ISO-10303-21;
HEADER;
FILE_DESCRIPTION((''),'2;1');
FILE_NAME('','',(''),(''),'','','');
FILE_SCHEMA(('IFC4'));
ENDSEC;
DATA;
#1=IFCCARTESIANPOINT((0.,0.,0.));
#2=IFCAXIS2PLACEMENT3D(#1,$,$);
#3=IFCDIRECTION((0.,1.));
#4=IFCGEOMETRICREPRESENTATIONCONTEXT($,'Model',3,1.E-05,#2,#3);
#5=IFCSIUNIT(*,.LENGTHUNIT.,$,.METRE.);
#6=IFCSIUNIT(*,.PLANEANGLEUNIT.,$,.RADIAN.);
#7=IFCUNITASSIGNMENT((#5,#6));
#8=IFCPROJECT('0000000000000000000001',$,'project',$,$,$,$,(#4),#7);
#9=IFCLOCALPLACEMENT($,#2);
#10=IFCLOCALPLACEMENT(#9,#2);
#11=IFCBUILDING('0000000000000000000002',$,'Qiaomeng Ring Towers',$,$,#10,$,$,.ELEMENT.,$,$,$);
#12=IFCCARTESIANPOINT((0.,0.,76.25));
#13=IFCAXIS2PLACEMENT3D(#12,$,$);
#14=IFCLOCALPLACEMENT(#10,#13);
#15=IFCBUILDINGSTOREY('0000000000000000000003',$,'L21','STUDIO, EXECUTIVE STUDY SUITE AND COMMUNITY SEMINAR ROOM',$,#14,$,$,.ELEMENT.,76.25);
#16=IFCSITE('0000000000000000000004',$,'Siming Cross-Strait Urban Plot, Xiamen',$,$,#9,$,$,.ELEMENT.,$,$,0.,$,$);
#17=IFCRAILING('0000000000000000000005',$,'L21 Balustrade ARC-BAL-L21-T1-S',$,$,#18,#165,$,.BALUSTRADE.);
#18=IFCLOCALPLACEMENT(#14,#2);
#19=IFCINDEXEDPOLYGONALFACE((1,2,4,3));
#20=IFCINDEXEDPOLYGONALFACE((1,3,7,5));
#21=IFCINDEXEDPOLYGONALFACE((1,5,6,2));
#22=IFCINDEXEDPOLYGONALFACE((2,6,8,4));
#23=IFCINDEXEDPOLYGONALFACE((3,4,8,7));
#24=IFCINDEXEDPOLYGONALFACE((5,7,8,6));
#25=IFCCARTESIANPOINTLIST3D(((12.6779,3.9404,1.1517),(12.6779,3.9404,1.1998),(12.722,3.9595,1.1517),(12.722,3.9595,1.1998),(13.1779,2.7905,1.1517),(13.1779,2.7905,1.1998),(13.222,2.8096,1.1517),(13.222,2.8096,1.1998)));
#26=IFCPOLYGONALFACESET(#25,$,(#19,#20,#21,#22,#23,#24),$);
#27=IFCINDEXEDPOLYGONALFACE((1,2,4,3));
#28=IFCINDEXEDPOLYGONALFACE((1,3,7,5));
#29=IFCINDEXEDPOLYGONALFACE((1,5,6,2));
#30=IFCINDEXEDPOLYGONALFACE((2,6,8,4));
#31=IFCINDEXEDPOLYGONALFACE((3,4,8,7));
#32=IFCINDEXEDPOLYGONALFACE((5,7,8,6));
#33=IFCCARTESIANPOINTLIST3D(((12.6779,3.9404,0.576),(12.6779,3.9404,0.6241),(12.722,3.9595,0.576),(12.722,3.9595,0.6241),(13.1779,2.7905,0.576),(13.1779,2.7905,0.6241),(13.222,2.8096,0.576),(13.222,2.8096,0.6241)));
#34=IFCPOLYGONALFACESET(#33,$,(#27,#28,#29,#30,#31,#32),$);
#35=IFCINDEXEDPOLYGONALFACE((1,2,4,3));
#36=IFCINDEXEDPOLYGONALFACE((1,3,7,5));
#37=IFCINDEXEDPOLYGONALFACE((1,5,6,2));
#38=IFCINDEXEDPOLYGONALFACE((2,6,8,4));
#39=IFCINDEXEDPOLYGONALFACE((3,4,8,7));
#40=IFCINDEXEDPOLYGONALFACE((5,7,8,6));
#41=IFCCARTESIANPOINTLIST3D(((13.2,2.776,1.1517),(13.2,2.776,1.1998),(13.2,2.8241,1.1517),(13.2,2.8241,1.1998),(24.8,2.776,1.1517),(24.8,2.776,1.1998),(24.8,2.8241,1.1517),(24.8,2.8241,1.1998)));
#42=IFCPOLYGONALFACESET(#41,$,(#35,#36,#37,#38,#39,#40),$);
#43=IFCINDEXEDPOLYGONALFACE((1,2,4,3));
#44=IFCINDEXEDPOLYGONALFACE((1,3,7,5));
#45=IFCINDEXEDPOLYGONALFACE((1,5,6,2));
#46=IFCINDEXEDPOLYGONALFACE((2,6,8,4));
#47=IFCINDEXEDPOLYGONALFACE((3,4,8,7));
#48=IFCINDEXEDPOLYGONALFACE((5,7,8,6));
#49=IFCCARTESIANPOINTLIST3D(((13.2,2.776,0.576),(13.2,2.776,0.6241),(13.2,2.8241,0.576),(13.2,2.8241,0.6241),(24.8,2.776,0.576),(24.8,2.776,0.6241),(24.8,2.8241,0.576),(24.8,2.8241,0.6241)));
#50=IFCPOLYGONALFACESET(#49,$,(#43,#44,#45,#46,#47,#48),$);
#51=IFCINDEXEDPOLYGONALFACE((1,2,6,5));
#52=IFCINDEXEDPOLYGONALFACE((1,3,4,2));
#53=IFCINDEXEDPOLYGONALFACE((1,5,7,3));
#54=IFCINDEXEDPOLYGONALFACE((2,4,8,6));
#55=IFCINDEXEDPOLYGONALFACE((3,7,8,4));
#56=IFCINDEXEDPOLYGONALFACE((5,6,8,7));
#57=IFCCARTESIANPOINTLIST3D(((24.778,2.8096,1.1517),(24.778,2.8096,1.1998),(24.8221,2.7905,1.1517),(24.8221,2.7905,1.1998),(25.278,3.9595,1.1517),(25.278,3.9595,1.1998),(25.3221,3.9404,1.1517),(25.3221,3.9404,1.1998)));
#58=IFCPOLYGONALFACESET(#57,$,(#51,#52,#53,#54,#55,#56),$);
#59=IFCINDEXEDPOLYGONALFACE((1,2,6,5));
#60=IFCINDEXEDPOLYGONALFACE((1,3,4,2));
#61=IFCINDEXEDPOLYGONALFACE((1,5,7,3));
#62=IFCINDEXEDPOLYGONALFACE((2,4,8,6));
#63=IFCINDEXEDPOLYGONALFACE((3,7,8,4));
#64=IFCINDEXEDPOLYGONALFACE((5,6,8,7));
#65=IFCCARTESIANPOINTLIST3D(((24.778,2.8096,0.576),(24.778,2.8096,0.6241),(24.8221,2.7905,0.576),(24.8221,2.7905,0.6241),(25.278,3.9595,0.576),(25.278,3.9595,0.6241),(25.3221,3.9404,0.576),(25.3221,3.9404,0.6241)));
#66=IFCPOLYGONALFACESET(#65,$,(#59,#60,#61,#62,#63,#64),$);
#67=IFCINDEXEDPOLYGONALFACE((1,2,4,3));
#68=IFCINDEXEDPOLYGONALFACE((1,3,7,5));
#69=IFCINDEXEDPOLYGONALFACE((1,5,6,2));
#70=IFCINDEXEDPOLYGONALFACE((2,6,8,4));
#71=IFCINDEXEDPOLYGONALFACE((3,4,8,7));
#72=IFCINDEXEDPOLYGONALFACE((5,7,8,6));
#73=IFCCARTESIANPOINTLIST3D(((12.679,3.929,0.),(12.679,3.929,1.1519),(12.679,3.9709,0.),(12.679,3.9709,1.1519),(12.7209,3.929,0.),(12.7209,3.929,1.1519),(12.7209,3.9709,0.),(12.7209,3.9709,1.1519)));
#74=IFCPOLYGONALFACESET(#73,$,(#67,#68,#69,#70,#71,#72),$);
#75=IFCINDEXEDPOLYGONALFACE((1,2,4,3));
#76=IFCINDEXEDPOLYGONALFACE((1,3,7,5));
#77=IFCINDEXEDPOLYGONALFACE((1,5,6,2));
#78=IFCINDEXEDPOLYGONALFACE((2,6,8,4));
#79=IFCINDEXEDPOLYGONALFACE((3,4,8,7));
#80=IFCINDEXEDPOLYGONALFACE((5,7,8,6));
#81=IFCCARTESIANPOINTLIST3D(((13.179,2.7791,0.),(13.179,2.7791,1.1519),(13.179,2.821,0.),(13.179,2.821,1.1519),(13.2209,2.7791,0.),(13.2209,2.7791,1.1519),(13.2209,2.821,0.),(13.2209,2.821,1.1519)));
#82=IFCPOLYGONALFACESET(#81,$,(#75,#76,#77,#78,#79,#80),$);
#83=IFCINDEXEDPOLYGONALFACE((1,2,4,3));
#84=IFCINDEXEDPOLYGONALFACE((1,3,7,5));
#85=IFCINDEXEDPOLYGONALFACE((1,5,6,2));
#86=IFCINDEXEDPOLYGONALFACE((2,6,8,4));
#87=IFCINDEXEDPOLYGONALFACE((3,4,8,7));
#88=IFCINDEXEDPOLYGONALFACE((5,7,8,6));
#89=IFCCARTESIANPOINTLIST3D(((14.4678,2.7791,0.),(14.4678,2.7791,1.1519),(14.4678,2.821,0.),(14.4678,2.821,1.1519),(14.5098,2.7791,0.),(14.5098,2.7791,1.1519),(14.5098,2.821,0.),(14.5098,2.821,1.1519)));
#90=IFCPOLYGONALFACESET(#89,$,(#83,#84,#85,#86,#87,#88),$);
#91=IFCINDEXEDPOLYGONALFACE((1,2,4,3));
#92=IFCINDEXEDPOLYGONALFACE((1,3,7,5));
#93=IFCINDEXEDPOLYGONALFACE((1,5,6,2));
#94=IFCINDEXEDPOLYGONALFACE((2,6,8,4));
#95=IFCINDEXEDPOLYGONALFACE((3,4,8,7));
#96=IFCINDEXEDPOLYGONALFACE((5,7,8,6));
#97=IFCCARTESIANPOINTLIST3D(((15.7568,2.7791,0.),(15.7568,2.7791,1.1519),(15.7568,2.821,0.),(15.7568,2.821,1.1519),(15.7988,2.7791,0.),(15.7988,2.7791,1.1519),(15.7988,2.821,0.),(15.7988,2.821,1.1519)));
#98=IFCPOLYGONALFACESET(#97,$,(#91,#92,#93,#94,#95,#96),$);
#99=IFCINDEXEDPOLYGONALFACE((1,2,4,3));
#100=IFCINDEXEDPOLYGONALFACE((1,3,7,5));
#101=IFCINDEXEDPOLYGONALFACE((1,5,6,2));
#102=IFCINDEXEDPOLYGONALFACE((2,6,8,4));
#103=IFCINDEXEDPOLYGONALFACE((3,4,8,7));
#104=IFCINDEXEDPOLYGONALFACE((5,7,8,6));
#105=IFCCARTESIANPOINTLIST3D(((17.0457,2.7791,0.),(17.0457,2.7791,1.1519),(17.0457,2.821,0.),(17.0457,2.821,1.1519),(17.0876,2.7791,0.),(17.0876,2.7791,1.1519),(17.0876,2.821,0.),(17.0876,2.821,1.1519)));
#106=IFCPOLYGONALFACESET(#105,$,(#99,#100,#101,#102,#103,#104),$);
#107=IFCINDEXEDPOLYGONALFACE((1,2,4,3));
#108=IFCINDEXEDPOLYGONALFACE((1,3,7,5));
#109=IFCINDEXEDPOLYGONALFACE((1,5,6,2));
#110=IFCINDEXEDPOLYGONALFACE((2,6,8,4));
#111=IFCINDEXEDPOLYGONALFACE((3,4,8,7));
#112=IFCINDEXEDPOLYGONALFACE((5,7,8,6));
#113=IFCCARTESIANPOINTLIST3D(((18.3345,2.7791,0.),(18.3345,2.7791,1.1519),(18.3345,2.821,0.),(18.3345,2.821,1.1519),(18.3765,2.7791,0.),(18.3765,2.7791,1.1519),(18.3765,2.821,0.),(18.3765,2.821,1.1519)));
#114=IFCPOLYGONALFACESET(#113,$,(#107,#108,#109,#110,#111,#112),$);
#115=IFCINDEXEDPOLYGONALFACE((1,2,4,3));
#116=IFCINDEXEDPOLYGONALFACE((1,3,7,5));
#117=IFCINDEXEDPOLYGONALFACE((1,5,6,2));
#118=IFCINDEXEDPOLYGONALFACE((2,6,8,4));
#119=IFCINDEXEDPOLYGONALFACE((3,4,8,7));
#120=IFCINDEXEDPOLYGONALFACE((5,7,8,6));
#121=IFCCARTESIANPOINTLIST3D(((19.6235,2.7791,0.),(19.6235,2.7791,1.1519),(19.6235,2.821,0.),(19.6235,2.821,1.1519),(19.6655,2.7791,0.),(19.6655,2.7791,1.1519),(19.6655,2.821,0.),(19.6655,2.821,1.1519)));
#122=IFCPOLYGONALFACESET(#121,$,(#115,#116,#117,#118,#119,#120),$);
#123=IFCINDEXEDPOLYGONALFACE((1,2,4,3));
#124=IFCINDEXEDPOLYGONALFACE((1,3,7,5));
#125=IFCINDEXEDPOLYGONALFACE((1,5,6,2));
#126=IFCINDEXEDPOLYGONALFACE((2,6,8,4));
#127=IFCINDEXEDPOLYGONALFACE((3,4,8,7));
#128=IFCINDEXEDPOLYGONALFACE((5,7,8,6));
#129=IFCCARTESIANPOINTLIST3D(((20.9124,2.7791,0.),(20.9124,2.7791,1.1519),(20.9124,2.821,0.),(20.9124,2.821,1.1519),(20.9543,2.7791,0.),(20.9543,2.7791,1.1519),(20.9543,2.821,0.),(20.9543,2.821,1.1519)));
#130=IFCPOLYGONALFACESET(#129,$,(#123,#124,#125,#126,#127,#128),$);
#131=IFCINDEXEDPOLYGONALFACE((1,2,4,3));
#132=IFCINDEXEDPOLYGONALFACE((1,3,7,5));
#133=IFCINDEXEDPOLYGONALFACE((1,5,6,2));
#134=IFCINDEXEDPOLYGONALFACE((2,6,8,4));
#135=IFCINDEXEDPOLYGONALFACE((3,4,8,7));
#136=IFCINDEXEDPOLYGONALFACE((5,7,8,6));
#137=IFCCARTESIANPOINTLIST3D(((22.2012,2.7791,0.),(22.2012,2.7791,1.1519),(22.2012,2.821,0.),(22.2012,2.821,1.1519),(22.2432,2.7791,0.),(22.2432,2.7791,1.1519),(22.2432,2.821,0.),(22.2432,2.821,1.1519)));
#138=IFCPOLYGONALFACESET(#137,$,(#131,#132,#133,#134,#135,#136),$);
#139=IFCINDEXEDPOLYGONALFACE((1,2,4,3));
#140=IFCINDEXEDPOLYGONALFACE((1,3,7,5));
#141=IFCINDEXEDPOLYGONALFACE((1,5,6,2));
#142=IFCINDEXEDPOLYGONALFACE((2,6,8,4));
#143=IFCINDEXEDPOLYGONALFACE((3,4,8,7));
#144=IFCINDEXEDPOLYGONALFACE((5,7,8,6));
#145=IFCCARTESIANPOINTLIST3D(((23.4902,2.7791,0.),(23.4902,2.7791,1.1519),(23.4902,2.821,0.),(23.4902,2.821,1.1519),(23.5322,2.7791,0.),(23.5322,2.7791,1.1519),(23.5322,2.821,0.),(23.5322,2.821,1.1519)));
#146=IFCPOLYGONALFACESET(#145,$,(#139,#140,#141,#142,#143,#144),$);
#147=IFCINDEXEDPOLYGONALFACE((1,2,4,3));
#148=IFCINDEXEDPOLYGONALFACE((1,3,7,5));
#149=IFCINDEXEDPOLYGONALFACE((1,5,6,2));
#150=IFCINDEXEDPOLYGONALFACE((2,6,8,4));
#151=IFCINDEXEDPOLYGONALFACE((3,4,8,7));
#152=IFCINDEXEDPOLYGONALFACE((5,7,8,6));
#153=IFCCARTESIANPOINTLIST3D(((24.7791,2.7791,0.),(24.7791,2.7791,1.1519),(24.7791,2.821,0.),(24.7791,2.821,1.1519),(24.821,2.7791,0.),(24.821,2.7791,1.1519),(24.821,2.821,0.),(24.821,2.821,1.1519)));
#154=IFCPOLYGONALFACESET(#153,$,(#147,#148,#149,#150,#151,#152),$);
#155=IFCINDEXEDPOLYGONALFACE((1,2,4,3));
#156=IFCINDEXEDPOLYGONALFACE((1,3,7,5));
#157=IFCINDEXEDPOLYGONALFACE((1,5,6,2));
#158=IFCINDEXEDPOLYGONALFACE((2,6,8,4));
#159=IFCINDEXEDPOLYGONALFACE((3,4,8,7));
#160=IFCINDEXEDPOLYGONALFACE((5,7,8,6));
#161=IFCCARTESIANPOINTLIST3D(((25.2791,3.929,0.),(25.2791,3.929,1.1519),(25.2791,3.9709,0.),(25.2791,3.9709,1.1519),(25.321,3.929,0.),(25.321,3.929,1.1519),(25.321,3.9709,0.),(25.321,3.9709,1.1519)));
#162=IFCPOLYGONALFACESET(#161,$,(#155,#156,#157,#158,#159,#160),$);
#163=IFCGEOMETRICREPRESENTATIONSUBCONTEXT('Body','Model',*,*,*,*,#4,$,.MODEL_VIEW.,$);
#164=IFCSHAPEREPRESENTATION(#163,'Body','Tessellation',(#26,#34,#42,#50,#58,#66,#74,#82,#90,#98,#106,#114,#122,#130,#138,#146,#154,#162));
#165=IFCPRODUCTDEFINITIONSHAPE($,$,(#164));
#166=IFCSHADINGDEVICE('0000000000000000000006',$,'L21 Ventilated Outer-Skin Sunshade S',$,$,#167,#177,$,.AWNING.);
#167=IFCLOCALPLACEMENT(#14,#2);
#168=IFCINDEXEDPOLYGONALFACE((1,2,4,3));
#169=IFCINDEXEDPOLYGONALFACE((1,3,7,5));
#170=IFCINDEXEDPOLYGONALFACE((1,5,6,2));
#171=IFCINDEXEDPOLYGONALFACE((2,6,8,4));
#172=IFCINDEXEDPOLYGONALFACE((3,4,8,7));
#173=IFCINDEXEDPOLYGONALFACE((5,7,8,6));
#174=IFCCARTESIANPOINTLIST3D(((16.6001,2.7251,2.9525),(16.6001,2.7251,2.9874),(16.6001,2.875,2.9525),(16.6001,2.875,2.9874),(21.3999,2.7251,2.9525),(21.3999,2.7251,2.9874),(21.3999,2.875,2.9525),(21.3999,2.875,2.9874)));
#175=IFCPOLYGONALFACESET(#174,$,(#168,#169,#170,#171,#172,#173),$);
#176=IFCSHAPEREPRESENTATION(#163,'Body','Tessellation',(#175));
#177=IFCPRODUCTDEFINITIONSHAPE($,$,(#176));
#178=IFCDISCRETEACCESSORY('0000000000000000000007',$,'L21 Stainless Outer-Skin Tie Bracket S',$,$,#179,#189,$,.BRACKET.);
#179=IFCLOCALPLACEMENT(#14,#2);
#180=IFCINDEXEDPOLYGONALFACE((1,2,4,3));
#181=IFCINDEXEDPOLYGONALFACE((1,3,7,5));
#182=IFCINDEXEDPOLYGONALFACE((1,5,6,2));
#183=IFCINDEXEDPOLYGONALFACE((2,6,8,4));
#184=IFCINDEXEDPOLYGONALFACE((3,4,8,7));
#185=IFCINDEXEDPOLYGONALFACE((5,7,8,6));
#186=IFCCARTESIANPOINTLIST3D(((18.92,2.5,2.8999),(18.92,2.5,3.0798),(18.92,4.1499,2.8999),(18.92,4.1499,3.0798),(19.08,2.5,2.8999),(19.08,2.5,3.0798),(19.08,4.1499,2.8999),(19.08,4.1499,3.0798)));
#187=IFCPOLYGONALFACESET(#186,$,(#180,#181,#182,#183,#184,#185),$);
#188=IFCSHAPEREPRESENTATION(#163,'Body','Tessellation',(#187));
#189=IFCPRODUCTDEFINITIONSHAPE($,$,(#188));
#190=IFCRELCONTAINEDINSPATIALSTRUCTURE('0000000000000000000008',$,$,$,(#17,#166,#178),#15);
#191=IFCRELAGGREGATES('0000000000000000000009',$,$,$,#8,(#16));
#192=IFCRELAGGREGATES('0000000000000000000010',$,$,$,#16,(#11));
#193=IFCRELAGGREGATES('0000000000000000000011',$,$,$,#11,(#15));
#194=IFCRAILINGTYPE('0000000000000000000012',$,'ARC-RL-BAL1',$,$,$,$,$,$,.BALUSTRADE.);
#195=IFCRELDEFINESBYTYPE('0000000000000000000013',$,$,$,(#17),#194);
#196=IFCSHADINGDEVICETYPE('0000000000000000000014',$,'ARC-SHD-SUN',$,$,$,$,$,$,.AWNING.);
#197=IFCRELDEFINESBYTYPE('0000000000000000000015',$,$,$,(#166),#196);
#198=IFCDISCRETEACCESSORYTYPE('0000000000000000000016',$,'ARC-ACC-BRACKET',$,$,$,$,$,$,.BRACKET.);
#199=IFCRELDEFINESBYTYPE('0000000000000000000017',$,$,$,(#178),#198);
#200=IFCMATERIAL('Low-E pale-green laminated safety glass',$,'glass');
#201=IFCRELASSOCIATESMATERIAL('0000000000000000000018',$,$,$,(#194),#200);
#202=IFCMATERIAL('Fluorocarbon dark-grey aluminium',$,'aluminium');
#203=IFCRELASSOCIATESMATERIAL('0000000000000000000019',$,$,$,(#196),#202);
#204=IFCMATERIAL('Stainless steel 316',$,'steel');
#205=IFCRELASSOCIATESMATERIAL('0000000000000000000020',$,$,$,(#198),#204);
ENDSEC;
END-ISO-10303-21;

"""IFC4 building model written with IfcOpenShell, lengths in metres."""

from ifc_helpers import new_model, si_unit, direction, frame, origin, origin_2d, place, context, subcontext, project, spatial, rectangle, extrude, source, transform, mapped, material, material_profile, profile_set, type_object, element, save


model = new_model("IFC4")

# Units and contexts
model_context = context("Model", 3, precision=1e-05, world=origin(), true_north=direction((0.0, 1.0)))
body_context = subcontext(model_context, "Body", "Model", "MODEL_VIEW")
ifc_project = project(units=[si_unit("LENGTHUNIT", "METRE"), si_unit("PLANEANGLEUNIT", "RADIAN")], contexts=[model_context])

# Site, building, storey
site_placement = place(None, origin())
site = spatial("IfcSite", under=ifc_project, at=site_placement, Name="Siming Cross-Strait Urban Plot, Xiamen", CompositionType="ELEMENT", RefElevation=0.0)
building_placement = place(site_placement, origin())
building = spatial("IfcBuilding", under=site, at=building_placement, Name="Qiaomeng Ring Towers", CompositionType="ELEMENT")
storey_placement = place(building_placement, frame((0.0, 0.0, 76.25)))
storey = spatial("IfcBuildingStorey", under=building, at=storey_placement, Name="L21", Description="STUDIO, EXECUTIVE STUDY SUITE AND COMMUNITY SEMINAR ROOM", CompositionType="ELEMENT", Elevation=76.25)

# Shared definitions
ifc_material_1 = material(Name="Stainless steel 316", Category="steel")

# Railing
ifc_material_2 = material(Name="Low-E pale-green laminated safety glass", Category="glass")
railing_type = type_object("IfcRailingType", Name="ARC-RL-BAL1", PredefinedType="BALUSTRADE", material=ifc_material_2)
railing_placement = place(storey_placement, frame((12.7, 3.95, 0.0)))
element("IfcRailing", 1, at=railing_placement, inside=storey, type_object=railing_type, Name="L21 Balustrade ARC-BAL-L21-T1-S", PredefinedType="BALUSTRADE", context=body_context, shape_type="SweptSolid", body=[
    extrude(rectangle(XDim=0.0481, YDim=0.0481, at=origin_2d()), frame((0.0, 0.0, 1.1758), z_axis=(0.398755, -0.917058, 0.0), x_axis=(0.917058, 0.398755, 0.0)), (0.0, 0.0, 1.0), 1.2539),
    extrude(rectangle(XDim=0.0481, YDim=0.0481, at=origin_2d()), frame((0.0, 0.0, 0.6001), z_axis=(0.398755, -0.917058, 0.0), x_axis=(0.917058, 0.398755, 0.0)), (0.0, 0.0, 1.0), 1.2539),
    extrude(rectangle(XDim=0.0481, YDim=0.0481, at=origin_2d()), frame((0.5, -1.1499, 1.1758), z_axis=(1.0, 0.0, 0.0), x_axis=(0.0, 1.0, 0.0)), (0.0, 0.0, 1.0), 11.6001),
    extrude(rectangle(XDim=0.0481, YDim=0.0481, at=origin_2d()), frame((0.5, -1.1499, 0.6001), z_axis=(1.0, 0.0, 0.0), x_axis=(0.0, 1.0, 0.0)), (0.0, 0.0, 1.0), 11.6001),
    extrude(rectangle(XDim=0.0481, YDim=0.0481, at=origin_2d()), frame((12.1001, -1.1499, 1.1758), z_axis=(0.398755, 0.917058, 0.0), x_axis=(-0.917058, 0.398755, 0.0)), (0.0, 0.0, 1.0), 1.2539),
    extrude(rectangle(XDim=0.0481, YDim=0.0481, at=origin_2d()), frame((12.1001, -1.1499, 0.6001), z_axis=(0.398755, 0.917058, 0.0), x_axis=(-0.917058, 0.398755, 0.0)), (0.0, 0.0, 1.0), 1.2539),
    extrude(rectangle(XDim=0.042, YDim=0.042, at=origin_2d()), origin(), (0.0, 0.0, 1.0), 1.1519),
    extrude(rectangle(XDim=0.042, YDim=0.042, at=origin_2d()), frame((0.5, -1.1499, 0.0)), (0.0, 0.0, 1.0), 1.1519),
    extrude(rectangle(XDim=0.042, YDim=0.042, at=origin_2d()), frame((1.7888, -1.1499, 0.0)), (0.0, 0.0, 1.0), 1.1519),
    extrude(rectangle(XDim=0.042, YDim=0.042, at=origin_2d()), frame((3.0779, -1.1499, 0.0)), (0.0, 0.0, 1.0), 1.1519),
    extrude(rectangle(XDim=0.042, YDim=0.042, at=origin_2d()), frame((4.3667, -1.1499, 0.0)), (0.0, 0.0, 1.0), 1.1519),
    extrude(rectangle(XDim=0.042, YDim=0.042, at=origin_2d()), frame((5.6555, -1.1499, 0.0)), (0.0, 0.0, 1.0), 1.1519),
    extrude(rectangle(XDim=0.042, YDim=0.042, at=origin_2d()), frame((6.9446, -1.1499, 0.0)), (0.0, 0.0, 1.0), 1.1519),
    extrude(rectangle(XDim=0.042, YDim=0.042, at=origin_2d()), frame((8.2334, -1.1499, 0.0)), (0.0, 0.0, 1.0), 1.1519),
    extrude(rectangle(XDim=0.042, YDim=0.042, at=origin_2d()), frame((9.5222, -1.1499, 0.0)), (0.0, 0.0, 1.0), 1.1519),
    extrude(rectangle(XDim=0.042, YDim=0.042, at=origin_2d()), frame((10.8113, -1.1499, 0.0)), (0.0, 0.0, 1.0), 1.1519),
    extrude(rectangle(XDim=0.042, YDim=0.042, at=origin_2d()), frame((12.1001, -1.1499, 0.0)), (0.0, 0.0, 1.0), 1.1519),
    extrude(rectangle(XDim=0.042, YDim=0.042, at=origin_2d()), frame((12.6001, 0.0, 0.0)), (0.0, 0.0, 1.0), 1.1519),
])

# Shading device
ifc_material_3 = material(Name="Fluorocarbon dark-grey aluminium", Category="aluminium")
ifc_material_profile_1 = material_profile(ifc_material_3, rectangle(XDim=0.1499, YDim=0.0349, at=origin_2d()), Name="LV BLADE 150x35")
ifc_profile_set_1 = profile_set([ifc_material_profile_1], Name="Fluorocarbon dark-grey aluminium")
shading_device_type = type_object("IfcShadingDeviceType", Name="ARC-SHD-SUN", PredefinedType="AWNING", material=ifc_profile_set_1)
shared_shape_1 = source(origin(), body_context, "Body", "SweptSolid", [
    extrude(rectangle(XDim=0.1499, YDim=0.0349, at=origin_2d()), origin(), (0.0, 0.0, 1.0), 4.7998),
])
shading_device_placement = place(storey_placement, frame((16.6001, 2.8, 2.97), z_axis=(1.0, 0.0, 0.0), x_axis=(0.0, 1.0, 0.0)))
element("IfcShadingDevice", 2, at=shading_device_placement, inside=storey, type_object=shading_device_type, Name="L21 Ventilated Outer-Skin Sunshade S", PredefinedType="AWNING", context=body_context, shape_type="MappedRepresentation", body=[
    mapped(shared_shape_1, transform((0.0, 0.0, 0.0), x_axis=(1.0, 0.0, 0.0), y_axis=(0.0, 1.0, 0.0), z_axis=(0.0, 0.0, 1.0), scale=1.0)),
])

# Discrete accessory
discrete_accessory_type = type_object("IfcDiscreteAccessoryType", Name="ARC-ACC-BRACKET", PredefinedType="BRACKET", material=ifc_material_1)
shared_shape_2 = source(origin(), body_context, "Body", "SweptSolid", [
    extrude(rectangle(XDim=0.1599, YDim=1.6499, at=origin_2d()), origin(), (0.0, 0.0, 1.0), 0.1799),
])
discrete_accessory_placement = place(storey_placement, frame((19.0, 3.325, 2.8999), z_axis=(0.0, 0.0, 1.0), x_axis=(1.0, 0.0, 0.0)))
element("IfcDiscreteAccessory", 3, at=discrete_accessory_placement, inside=storey, type_object=discrete_accessory_type, Name="L21 Stainless Outer-Skin Tie Bracket S", PredefinedType="BRACKET", context=body_context, shape_type="MappedRepresentation", body=[
    mapped(shared_shape_2, transform((0.0, 0.0, 0.0), x_axis=(1.0, 0.0, 0.0), y_axis=(0.0, 1.0, 0.0), z_axis=(0.0, 0.0, 1.0), scale=1.0)),
])

save(model, "model.ifc")
